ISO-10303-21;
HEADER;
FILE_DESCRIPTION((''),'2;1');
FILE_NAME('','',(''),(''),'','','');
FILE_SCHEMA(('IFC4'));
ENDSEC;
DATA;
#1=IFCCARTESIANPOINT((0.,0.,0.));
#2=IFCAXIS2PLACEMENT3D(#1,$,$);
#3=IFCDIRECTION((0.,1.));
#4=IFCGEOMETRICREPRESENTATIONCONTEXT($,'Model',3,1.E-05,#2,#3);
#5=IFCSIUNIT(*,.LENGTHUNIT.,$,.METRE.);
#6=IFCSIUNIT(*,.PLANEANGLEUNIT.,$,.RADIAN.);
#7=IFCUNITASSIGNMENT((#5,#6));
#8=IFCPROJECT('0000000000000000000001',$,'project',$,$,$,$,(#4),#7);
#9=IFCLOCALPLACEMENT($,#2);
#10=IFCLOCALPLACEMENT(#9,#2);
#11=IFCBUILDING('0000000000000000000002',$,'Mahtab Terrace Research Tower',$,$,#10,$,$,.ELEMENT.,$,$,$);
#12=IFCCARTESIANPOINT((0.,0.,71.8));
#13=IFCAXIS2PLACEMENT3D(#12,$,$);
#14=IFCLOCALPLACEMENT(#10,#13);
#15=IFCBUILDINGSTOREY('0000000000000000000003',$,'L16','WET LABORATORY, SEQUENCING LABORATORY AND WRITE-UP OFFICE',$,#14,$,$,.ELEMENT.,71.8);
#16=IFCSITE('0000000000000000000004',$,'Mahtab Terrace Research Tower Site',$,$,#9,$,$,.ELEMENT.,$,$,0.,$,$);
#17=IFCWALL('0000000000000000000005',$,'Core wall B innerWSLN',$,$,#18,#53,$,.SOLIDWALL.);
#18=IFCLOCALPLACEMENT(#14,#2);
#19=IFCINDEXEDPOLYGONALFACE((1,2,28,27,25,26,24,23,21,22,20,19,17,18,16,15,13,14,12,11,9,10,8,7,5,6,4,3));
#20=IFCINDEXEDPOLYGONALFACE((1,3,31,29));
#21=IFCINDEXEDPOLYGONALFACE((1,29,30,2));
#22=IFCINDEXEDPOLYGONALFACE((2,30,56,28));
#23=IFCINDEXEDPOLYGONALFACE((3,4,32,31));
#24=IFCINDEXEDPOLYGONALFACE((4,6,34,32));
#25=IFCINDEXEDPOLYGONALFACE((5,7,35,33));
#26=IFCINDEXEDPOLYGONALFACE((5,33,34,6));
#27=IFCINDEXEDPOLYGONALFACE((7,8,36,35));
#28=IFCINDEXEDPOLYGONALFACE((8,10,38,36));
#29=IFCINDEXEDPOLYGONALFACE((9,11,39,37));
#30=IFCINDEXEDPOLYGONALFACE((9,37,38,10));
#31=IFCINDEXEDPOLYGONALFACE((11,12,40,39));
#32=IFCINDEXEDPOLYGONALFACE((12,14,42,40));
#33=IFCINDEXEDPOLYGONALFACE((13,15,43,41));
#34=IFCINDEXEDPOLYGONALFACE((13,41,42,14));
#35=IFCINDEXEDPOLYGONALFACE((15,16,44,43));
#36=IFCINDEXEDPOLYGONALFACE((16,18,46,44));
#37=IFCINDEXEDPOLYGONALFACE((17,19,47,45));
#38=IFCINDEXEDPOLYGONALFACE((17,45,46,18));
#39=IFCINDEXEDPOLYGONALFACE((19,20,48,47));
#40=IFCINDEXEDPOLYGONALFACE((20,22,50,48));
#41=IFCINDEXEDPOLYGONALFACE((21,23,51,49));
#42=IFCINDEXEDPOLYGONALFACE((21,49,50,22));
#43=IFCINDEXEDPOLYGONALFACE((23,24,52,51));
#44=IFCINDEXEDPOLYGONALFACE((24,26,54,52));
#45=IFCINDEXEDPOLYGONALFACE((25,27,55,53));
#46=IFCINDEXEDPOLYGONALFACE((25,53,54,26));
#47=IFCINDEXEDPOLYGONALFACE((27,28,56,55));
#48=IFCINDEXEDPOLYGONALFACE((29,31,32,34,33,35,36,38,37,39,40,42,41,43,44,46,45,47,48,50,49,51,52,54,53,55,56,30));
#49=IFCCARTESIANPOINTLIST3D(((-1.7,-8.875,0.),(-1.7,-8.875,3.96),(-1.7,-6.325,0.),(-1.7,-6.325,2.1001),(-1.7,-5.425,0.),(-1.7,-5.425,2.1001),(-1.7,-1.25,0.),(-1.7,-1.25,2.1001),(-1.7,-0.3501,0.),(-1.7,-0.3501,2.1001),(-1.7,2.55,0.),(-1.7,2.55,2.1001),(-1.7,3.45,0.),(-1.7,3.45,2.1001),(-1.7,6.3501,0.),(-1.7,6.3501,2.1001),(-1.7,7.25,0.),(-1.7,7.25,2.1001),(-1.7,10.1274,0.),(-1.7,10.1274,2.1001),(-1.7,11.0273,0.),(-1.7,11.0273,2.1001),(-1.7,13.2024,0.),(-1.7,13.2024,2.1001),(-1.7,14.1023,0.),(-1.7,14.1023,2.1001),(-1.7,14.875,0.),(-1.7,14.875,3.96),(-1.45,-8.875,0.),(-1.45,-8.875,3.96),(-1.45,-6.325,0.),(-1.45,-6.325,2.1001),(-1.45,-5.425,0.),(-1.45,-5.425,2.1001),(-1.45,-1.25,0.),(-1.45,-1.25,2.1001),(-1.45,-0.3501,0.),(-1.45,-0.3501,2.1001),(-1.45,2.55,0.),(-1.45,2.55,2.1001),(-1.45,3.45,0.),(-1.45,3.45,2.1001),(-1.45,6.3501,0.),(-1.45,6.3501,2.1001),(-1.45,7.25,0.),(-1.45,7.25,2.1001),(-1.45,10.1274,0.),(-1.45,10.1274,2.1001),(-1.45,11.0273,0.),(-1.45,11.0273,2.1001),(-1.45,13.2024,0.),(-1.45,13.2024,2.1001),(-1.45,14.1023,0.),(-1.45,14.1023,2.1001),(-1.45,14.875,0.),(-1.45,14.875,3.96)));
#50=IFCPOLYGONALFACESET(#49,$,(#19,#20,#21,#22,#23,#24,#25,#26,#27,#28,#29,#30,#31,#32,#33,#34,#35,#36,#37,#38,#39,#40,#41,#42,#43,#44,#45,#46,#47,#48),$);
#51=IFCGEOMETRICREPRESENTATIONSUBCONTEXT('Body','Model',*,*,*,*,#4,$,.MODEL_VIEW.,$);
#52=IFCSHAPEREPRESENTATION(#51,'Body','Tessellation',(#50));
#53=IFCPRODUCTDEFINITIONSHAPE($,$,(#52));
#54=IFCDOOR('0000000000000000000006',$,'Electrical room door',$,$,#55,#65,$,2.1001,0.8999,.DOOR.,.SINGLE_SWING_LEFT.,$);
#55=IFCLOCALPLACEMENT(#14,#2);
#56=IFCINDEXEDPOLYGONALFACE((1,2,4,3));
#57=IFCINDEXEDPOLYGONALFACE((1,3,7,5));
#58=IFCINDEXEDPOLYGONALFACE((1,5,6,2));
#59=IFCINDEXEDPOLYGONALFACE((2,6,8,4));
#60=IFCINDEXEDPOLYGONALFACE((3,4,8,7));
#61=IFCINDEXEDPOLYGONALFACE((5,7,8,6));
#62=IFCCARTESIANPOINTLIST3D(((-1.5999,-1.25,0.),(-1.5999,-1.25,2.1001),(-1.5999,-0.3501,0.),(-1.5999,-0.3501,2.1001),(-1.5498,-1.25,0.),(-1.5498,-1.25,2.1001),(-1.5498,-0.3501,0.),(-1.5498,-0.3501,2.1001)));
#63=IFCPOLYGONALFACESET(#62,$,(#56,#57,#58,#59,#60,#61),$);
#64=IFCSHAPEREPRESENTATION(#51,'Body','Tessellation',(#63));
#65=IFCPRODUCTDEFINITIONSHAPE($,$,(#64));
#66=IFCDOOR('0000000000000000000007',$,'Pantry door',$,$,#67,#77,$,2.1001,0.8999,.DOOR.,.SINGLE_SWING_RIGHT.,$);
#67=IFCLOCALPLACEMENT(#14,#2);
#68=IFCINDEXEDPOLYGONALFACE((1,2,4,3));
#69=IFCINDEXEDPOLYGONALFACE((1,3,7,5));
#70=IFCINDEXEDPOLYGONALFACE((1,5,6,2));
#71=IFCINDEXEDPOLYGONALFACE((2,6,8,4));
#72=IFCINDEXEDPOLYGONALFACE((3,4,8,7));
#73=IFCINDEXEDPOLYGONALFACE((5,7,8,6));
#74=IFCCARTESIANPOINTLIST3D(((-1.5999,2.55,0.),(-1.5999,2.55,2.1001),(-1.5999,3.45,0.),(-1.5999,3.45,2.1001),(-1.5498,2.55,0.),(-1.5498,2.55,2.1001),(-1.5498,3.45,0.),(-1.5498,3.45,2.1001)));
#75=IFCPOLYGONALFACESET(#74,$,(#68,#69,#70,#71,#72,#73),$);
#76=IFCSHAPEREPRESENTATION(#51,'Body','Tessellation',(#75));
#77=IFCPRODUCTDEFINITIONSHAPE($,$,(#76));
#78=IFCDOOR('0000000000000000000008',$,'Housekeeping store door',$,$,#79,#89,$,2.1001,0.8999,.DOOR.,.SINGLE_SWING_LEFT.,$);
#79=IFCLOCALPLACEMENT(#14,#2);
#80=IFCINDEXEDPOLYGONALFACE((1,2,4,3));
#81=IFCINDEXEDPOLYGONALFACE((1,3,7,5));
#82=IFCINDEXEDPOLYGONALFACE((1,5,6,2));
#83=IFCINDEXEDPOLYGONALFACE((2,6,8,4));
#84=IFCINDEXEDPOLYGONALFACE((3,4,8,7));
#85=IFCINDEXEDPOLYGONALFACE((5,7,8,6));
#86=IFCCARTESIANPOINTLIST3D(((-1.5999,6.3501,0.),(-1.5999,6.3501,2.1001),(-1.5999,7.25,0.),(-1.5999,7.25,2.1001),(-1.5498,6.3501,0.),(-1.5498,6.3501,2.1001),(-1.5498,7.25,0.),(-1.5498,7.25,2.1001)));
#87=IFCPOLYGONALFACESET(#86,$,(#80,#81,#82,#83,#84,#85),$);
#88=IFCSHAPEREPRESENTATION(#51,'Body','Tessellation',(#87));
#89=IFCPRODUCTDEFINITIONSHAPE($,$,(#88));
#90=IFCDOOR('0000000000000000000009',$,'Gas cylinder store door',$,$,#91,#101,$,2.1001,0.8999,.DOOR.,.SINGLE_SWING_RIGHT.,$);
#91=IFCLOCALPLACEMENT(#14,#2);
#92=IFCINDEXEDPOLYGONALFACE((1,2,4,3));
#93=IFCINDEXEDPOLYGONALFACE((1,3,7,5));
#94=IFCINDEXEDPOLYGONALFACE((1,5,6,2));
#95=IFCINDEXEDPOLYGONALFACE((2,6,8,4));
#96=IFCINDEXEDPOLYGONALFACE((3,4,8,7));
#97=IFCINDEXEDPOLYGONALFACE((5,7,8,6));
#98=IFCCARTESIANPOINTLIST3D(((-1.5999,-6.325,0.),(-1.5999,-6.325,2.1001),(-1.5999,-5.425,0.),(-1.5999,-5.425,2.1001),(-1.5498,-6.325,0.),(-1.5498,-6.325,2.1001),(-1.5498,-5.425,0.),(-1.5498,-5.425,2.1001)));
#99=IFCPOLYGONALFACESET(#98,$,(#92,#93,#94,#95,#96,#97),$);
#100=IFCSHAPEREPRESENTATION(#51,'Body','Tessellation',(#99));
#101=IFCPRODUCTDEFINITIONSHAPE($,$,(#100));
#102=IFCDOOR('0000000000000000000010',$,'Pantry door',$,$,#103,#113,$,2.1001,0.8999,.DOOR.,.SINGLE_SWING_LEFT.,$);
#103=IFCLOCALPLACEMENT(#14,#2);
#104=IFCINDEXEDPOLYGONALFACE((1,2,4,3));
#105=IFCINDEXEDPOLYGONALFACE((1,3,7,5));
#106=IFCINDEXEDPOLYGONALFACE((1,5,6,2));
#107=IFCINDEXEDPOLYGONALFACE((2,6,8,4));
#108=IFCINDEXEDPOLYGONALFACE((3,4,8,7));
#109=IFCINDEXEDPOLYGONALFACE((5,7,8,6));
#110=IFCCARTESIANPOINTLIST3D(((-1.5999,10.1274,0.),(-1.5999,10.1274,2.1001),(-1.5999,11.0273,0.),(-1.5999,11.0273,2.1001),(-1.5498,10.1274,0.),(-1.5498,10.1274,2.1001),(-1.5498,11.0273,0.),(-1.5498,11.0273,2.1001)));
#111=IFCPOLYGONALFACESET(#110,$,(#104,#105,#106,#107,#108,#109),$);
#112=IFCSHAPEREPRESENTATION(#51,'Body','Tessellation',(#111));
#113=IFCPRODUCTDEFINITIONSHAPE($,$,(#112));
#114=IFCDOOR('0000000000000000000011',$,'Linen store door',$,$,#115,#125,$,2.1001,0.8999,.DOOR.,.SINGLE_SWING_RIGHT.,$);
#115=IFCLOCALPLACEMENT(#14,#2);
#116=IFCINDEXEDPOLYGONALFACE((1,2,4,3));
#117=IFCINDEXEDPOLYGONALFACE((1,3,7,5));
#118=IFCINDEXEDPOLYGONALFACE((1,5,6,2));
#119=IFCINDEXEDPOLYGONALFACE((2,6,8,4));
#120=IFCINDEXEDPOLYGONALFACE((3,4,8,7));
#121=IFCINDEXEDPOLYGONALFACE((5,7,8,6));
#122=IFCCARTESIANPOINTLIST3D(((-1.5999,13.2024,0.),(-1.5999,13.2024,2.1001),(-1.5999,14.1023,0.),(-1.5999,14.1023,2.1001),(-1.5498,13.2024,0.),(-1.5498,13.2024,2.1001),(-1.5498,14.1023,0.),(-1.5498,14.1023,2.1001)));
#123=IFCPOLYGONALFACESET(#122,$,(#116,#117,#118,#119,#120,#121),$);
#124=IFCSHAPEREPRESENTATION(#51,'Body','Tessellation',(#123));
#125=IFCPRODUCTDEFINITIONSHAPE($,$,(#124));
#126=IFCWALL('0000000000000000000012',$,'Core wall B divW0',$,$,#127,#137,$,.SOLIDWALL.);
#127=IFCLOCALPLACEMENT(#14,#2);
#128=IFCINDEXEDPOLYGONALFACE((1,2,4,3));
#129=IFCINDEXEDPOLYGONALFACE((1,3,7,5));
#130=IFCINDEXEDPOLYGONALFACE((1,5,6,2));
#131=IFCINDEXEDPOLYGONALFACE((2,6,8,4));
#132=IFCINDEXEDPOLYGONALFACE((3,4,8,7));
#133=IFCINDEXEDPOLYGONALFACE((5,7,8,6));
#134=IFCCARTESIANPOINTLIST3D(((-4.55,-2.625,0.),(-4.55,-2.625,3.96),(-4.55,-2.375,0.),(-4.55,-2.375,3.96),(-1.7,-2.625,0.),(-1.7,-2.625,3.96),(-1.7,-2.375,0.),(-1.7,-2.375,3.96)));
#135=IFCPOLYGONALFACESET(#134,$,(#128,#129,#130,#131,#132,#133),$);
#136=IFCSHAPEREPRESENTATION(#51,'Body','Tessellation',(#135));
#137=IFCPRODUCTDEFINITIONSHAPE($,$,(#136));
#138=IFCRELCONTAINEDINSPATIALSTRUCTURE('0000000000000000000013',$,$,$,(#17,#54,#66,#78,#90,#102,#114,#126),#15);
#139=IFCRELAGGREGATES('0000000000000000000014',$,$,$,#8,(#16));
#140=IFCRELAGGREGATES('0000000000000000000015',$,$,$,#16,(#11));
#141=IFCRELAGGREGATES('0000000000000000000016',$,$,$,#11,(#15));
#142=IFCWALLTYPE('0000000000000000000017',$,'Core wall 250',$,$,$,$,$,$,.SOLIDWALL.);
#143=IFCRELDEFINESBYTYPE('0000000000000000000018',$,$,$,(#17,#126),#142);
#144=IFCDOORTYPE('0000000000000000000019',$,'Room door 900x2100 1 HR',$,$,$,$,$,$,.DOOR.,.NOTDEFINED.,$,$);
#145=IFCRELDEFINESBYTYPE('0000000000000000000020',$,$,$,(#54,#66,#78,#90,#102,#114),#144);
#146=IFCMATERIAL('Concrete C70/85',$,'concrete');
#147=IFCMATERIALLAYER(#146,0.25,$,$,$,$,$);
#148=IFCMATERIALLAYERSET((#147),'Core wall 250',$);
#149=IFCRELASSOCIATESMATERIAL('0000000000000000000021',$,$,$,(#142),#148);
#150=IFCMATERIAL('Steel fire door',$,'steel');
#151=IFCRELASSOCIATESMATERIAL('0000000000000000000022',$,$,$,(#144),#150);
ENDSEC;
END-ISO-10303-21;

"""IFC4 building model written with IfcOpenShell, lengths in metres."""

from ifc_helpers import new_model, si_unit, direction, frame, frame_2d, origin, place, context, subcontext, project, spatial, rectangle, extrude, material, layer, layer_set, type_object, element, fill, save


model = new_model("IFC4")

# Units and contexts
model_context = context("Model", 3, precision=1e-05, world=origin(), true_north=direction((0.0, 1.0)))
body_context = subcontext(model_context, "Body", "Model", "MODEL_VIEW")
ifc_project = project(units=[si_unit("LENGTHUNIT", "METRE"), si_unit("PLANEANGLEUNIT", "RADIAN")], contexts=[model_context])

# Site, building, storey
site_placement = place(None, origin())
site = spatial("IfcSite", under=ifc_project, at=site_placement, Name="Mahtab Terrace Research Tower Site", CompositionType="ELEMENT", RefElevation=0.0)
building_placement = place(site_placement, origin())
building = spatial("IfcBuilding", under=site, at=building_placement, Name="Mahtab Terrace Research Tower", CompositionType="ELEMENT")
storey_placement = place(building_placement, frame((0.0, 0.0, 71.8)))
storey = spatial("IfcBuildingStorey", under=building, at=storey_placement, Name="L16", Description="WET LABORATORY, SEQUENCING LABORATORY AND WRITE-UP OFFICE", CompositionType="ELEMENT", Elevation=71.8)

# Shared definitions
ifc_material_1 = material(Name="Concrete C70/85", Category="concrete")

# Wall, openings, doors
ifc_layer_1 = layer(ifc_material_1, 0.25)
ifc_layer_set_1 = layer_set([ifc_layer_1], Name="Core wall 250")
wall_type_1 = type_object("IfcWallType", Name="Core wall 250", PredefinedType="SOLIDWALL", material=ifc_layer_set_1)
wall_1_placement = place(storey_placement, frame((-1.575, -8.875, 0.0), z_axis=(0.0, 0.0, 1.0), x_axis=(0.0, 1.0, 0.0)))
wall_1 = element("IfcWall", 1, at=wall_1_placement, inside=storey, type_object=wall_type_1, Name="Core wall B innerWSLN", PredefinedType="SOLIDWALL", context=body_context, shape_type="SweptSolid", body=[
    extrude(rectangle(XDim=23.75, YDim=0.25, at=frame_2d((11.875, 0.0))), origin(), (0.0, 0.0, 1.0), 3.96),
])
opening_1_placement = place(wall_1_placement, frame((7.625, 0.0, 0.0)))
opening_1 = element("IfcOpeningElement", 2, at=opening_1_placement, cuts=wall_1, PredefinedType="OPENING", context=body_context, shape_type="SweptSolid", body=[
    extrude(rectangle(XDim=0.8999, YDim=2.1001, at=frame_2d((0.45, 1.05))), frame((0.0, 0.135, 0.0), z_axis=(0.0, -1.0, 0.0), x_axis=(1.0, 0.0, 0.0)), (0.0, 0.0, 1.0), 0.27),
])
opening_2_placement = place(wall_1_placement, frame((11.425, 0.0, 0.0)))
opening_2 = element("IfcOpeningElement", 3, at=opening_2_placement, cuts=wall_1, PredefinedType="OPENING", context=body_context, shape_type="SweptSolid", body=[
    extrude(rectangle(XDim=0.8999, YDim=2.1001, at=frame_2d((0.45, 1.05))), frame((0.0, 0.135, 0.0), z_axis=(0.0, -1.0, 0.0), x_axis=(1.0, 0.0, 0.0)), (0.0, 0.0, 1.0), 0.27),
])
opening_3_placement = place(wall_1_placement, frame((15.2251, 0.0, 0.0)))
opening_3 = element("IfcOpeningElement", 4, at=opening_3_placement, cuts=wall_1, PredefinedType="OPENING", context=body_context, shape_type="SweptSolid", body=[
    extrude(rectangle(XDim=0.8999, YDim=2.1001, at=frame_2d((0.45, 1.05))), frame((0.0, 0.135, 0.0), z_axis=(0.0, -1.0, 0.0), x_axis=(1.0, 0.0, 0.0)), (0.0, 0.0, 1.0), 0.27),
])
opening_4_placement = place(wall_1_placement, frame((2.55, 0.0, 0.0)))
opening_4 = element("IfcOpeningElement", 5, at=opening_4_placement, cuts=wall_1, PredefinedType="OPENING", context=body_context, shape_type="SweptSolid", body=[
    extrude(rectangle(XDim=0.8999, YDim=2.1001, at=frame_2d((0.45, 1.05))), frame((0.0, 0.135, 0.0), z_axis=(0.0, -1.0, 0.0), x_axis=(1.0, 0.0, 0.0)), (0.0, 0.0, 1.0), 0.27),
])
opening_5_placement = place(wall_1_placement, frame((19.0024, 0.0, 0.0)))
opening_5 = element("IfcOpeningElement", 6, at=opening_5_placement, cuts=wall_1, PredefinedType="OPENING", context=body_context, shape_type="SweptSolid", body=[
    extrude(rectangle(XDim=0.8999, YDim=2.1001, at=frame_2d((0.45, 1.05))), frame((0.0, 0.135, 0.0), z_axis=(0.0, -1.0, 0.0), x_axis=(1.0, 0.0, 0.0)), (0.0, 0.0, 1.0), 0.27),
])
opening_6_placement = place(wall_1_placement, frame((22.0774, 0.0, 0.0)))
opening_6 = element("IfcOpeningElement", 7, at=opening_6_placement, cuts=wall_1, PredefinedType="OPENING", context=body_context, shape_type="SweptSolid", body=[
    extrude(rectangle(XDim=0.8999, YDim=2.1001, at=frame_2d((0.45, 1.05))), frame((0.0, 0.135, 0.0), z_axis=(0.0, -1.0, 0.0), x_axis=(1.0, 0.0, 0.0)), (0.0, 0.0, 1.0), 0.27),
])
ifc_material_2 = material(Name="Steel fire door", Category="steel")
door_type_1 = type_object("IfcDoorType", Name="Room door 900x2100 1 HR", OperationType="NOTDEFINED", PredefinedType="DOOR", material=ifc_material_2)
door_1_placement = place(opening_1_placement, origin())
door_1 = element("IfcDoor", 8, at=door_1_placement, inside=storey, type_object=door_type_1, Name="Electrical room door", OperationType="SINGLE_SWING_LEFT", OverallHeight=2.1001, OverallWidth=0.8999, PredefinedType="DOOR", context=body_context, shape_type="SweptSolid", body=[
    extrude(rectangle(XDim=0.8999, YDim=2.1001, at=frame_2d((0.45, 1.05))), frame((0.0, 0.0249, 0.0), z_axis=(0.0, -1.0, 0.0), x_axis=(1.0, 0.0, 0.0)), (0.0, 0.0, 1.0), 0.05),
])
fill(opening_1, door_1)
door_2_placement = place(opening_2_placement, origin())
door_2 = element("IfcDoor", 9, at=door_2_placement, inside=storey, type_object=door_type_1, Name="Pantry door", OperationType="SINGLE_SWING_RIGHT", OverallHeight=2.1001, OverallWidth=0.8999, PredefinedType="DOOR", context=body_context, shape_type="SweptSolid", body=[
    extrude(rectangle(XDim=0.8999, YDim=2.1001, at=frame_2d((0.45, 1.05))), frame((0.0, 0.0249, 0.0), z_axis=(0.0, -1.0, 0.0), x_axis=(1.0, 0.0, 0.0)), (0.0, 0.0, 1.0), 0.05),
])
fill(opening_2, door_2)
door_3_placement = place(opening_3_placement, origin())
door_3 = element("IfcDoor", 10, at=door_3_placement, inside=storey, type_object=door_type_1, Name="Housekeeping store door", OperationType="SINGLE_SWING_LEFT", OverallHeight=2.1001, OverallWidth=0.8999, PredefinedType="DOOR", context=body_context, shape_type="SweptSolid", body=[
    extrude(rectangle(XDim=0.8999, YDim=2.1001, at=frame_2d((0.45, 1.05))), frame((0.0, 0.0249, 0.0), z_axis=(0.0, -1.0, 0.0), x_axis=(1.0, 0.0, 0.0)), (0.0, 0.0, 1.0), 0.05),
])
fill(opening_3, door_3)
door_4_placement = place(opening_4_placement, origin())
door_4 = element("IfcDoor", 11, at=door_4_placement, inside=storey, type_object=door_type_1, Name="Gas cylinder store door", OperationType="SINGLE_SWING_RIGHT", OverallHeight=2.1001, OverallWidth=0.8999, PredefinedType="DOOR", context=body_context, shape_type="SweptSolid", body=[
    extrude(rectangle(XDim=0.8999, YDim=2.1001, at=frame_2d((0.45, 1.05))), frame((0.0, 0.0249, 0.0), z_axis=(0.0, -1.0, 0.0), x_axis=(1.0, 0.0, 0.0)), (0.0, 0.0, 1.0), 0.05),
])
fill(opening_4, door_4)
door_5_placement = place(opening_5_placement, origin())
door_5 = element("IfcDoor", 12, at=door_5_placement, inside=storey, type_object=door_type_1, Name="Pantry door", OperationType="SINGLE_SWING_LEFT", OverallHeight=2.1001, OverallWidth=0.8999, PredefinedType="DOOR", context=body_context, shape_type="SweptSolid", body=[
    extrude(rectangle(XDim=0.8999, YDim=2.1001, at=frame_2d((0.45, 1.05))), frame((0.0, 0.0249, 0.0), z_axis=(0.0, -1.0, 0.0), x_axis=(1.0, 0.0, 0.0)), (0.0, 0.0, 1.0), 0.05),
])
fill(opening_5, door_5)
door_6_placement = place(opening_6_placement, origin())
door_6 = element("IfcDoor", 13, at=door_6_placement, inside=storey, type_object=door_type_1, Name="Linen store door", OperationType="SINGLE_SWING_RIGHT", OverallHeight=2.1001, OverallWidth=0.8999, PredefinedType="DOOR", context=body_context, shape_type="SweptSolid", body=[
    extrude(rectangle(XDim=0.8999, YDim=2.1001, at=frame_2d((0.45, 1.05))), frame((0.0, 0.0249, 0.0), z_axis=(0.0, -1.0, 0.0), x_axis=(1.0, 0.0, 0.0)), (0.0, 0.0, 1.0), 0.05),
])
fill(opening_6, door_6)

# Wall
wall_2_placement = place(storey_placement, frame((-4.55, -2.5, 0.0), z_axis=(0.0, 0.0, 1.0), x_axis=(1.0, 0.0, 0.0)))
element("IfcWall", 14, at=wall_2_placement, inside=storey, type_object=wall_type_1, Name="Core wall B divW0", PredefinedType="SOLIDWALL", context=body_context, shape_type="SweptSolid", body=[
    extrude(rectangle(XDim=2.8501, YDim=0.25, at=frame_2d((1.425, 0.0))), origin(), (0.0, 0.0, 1.0), 3.96),
])

save(model, "model.ifc")
